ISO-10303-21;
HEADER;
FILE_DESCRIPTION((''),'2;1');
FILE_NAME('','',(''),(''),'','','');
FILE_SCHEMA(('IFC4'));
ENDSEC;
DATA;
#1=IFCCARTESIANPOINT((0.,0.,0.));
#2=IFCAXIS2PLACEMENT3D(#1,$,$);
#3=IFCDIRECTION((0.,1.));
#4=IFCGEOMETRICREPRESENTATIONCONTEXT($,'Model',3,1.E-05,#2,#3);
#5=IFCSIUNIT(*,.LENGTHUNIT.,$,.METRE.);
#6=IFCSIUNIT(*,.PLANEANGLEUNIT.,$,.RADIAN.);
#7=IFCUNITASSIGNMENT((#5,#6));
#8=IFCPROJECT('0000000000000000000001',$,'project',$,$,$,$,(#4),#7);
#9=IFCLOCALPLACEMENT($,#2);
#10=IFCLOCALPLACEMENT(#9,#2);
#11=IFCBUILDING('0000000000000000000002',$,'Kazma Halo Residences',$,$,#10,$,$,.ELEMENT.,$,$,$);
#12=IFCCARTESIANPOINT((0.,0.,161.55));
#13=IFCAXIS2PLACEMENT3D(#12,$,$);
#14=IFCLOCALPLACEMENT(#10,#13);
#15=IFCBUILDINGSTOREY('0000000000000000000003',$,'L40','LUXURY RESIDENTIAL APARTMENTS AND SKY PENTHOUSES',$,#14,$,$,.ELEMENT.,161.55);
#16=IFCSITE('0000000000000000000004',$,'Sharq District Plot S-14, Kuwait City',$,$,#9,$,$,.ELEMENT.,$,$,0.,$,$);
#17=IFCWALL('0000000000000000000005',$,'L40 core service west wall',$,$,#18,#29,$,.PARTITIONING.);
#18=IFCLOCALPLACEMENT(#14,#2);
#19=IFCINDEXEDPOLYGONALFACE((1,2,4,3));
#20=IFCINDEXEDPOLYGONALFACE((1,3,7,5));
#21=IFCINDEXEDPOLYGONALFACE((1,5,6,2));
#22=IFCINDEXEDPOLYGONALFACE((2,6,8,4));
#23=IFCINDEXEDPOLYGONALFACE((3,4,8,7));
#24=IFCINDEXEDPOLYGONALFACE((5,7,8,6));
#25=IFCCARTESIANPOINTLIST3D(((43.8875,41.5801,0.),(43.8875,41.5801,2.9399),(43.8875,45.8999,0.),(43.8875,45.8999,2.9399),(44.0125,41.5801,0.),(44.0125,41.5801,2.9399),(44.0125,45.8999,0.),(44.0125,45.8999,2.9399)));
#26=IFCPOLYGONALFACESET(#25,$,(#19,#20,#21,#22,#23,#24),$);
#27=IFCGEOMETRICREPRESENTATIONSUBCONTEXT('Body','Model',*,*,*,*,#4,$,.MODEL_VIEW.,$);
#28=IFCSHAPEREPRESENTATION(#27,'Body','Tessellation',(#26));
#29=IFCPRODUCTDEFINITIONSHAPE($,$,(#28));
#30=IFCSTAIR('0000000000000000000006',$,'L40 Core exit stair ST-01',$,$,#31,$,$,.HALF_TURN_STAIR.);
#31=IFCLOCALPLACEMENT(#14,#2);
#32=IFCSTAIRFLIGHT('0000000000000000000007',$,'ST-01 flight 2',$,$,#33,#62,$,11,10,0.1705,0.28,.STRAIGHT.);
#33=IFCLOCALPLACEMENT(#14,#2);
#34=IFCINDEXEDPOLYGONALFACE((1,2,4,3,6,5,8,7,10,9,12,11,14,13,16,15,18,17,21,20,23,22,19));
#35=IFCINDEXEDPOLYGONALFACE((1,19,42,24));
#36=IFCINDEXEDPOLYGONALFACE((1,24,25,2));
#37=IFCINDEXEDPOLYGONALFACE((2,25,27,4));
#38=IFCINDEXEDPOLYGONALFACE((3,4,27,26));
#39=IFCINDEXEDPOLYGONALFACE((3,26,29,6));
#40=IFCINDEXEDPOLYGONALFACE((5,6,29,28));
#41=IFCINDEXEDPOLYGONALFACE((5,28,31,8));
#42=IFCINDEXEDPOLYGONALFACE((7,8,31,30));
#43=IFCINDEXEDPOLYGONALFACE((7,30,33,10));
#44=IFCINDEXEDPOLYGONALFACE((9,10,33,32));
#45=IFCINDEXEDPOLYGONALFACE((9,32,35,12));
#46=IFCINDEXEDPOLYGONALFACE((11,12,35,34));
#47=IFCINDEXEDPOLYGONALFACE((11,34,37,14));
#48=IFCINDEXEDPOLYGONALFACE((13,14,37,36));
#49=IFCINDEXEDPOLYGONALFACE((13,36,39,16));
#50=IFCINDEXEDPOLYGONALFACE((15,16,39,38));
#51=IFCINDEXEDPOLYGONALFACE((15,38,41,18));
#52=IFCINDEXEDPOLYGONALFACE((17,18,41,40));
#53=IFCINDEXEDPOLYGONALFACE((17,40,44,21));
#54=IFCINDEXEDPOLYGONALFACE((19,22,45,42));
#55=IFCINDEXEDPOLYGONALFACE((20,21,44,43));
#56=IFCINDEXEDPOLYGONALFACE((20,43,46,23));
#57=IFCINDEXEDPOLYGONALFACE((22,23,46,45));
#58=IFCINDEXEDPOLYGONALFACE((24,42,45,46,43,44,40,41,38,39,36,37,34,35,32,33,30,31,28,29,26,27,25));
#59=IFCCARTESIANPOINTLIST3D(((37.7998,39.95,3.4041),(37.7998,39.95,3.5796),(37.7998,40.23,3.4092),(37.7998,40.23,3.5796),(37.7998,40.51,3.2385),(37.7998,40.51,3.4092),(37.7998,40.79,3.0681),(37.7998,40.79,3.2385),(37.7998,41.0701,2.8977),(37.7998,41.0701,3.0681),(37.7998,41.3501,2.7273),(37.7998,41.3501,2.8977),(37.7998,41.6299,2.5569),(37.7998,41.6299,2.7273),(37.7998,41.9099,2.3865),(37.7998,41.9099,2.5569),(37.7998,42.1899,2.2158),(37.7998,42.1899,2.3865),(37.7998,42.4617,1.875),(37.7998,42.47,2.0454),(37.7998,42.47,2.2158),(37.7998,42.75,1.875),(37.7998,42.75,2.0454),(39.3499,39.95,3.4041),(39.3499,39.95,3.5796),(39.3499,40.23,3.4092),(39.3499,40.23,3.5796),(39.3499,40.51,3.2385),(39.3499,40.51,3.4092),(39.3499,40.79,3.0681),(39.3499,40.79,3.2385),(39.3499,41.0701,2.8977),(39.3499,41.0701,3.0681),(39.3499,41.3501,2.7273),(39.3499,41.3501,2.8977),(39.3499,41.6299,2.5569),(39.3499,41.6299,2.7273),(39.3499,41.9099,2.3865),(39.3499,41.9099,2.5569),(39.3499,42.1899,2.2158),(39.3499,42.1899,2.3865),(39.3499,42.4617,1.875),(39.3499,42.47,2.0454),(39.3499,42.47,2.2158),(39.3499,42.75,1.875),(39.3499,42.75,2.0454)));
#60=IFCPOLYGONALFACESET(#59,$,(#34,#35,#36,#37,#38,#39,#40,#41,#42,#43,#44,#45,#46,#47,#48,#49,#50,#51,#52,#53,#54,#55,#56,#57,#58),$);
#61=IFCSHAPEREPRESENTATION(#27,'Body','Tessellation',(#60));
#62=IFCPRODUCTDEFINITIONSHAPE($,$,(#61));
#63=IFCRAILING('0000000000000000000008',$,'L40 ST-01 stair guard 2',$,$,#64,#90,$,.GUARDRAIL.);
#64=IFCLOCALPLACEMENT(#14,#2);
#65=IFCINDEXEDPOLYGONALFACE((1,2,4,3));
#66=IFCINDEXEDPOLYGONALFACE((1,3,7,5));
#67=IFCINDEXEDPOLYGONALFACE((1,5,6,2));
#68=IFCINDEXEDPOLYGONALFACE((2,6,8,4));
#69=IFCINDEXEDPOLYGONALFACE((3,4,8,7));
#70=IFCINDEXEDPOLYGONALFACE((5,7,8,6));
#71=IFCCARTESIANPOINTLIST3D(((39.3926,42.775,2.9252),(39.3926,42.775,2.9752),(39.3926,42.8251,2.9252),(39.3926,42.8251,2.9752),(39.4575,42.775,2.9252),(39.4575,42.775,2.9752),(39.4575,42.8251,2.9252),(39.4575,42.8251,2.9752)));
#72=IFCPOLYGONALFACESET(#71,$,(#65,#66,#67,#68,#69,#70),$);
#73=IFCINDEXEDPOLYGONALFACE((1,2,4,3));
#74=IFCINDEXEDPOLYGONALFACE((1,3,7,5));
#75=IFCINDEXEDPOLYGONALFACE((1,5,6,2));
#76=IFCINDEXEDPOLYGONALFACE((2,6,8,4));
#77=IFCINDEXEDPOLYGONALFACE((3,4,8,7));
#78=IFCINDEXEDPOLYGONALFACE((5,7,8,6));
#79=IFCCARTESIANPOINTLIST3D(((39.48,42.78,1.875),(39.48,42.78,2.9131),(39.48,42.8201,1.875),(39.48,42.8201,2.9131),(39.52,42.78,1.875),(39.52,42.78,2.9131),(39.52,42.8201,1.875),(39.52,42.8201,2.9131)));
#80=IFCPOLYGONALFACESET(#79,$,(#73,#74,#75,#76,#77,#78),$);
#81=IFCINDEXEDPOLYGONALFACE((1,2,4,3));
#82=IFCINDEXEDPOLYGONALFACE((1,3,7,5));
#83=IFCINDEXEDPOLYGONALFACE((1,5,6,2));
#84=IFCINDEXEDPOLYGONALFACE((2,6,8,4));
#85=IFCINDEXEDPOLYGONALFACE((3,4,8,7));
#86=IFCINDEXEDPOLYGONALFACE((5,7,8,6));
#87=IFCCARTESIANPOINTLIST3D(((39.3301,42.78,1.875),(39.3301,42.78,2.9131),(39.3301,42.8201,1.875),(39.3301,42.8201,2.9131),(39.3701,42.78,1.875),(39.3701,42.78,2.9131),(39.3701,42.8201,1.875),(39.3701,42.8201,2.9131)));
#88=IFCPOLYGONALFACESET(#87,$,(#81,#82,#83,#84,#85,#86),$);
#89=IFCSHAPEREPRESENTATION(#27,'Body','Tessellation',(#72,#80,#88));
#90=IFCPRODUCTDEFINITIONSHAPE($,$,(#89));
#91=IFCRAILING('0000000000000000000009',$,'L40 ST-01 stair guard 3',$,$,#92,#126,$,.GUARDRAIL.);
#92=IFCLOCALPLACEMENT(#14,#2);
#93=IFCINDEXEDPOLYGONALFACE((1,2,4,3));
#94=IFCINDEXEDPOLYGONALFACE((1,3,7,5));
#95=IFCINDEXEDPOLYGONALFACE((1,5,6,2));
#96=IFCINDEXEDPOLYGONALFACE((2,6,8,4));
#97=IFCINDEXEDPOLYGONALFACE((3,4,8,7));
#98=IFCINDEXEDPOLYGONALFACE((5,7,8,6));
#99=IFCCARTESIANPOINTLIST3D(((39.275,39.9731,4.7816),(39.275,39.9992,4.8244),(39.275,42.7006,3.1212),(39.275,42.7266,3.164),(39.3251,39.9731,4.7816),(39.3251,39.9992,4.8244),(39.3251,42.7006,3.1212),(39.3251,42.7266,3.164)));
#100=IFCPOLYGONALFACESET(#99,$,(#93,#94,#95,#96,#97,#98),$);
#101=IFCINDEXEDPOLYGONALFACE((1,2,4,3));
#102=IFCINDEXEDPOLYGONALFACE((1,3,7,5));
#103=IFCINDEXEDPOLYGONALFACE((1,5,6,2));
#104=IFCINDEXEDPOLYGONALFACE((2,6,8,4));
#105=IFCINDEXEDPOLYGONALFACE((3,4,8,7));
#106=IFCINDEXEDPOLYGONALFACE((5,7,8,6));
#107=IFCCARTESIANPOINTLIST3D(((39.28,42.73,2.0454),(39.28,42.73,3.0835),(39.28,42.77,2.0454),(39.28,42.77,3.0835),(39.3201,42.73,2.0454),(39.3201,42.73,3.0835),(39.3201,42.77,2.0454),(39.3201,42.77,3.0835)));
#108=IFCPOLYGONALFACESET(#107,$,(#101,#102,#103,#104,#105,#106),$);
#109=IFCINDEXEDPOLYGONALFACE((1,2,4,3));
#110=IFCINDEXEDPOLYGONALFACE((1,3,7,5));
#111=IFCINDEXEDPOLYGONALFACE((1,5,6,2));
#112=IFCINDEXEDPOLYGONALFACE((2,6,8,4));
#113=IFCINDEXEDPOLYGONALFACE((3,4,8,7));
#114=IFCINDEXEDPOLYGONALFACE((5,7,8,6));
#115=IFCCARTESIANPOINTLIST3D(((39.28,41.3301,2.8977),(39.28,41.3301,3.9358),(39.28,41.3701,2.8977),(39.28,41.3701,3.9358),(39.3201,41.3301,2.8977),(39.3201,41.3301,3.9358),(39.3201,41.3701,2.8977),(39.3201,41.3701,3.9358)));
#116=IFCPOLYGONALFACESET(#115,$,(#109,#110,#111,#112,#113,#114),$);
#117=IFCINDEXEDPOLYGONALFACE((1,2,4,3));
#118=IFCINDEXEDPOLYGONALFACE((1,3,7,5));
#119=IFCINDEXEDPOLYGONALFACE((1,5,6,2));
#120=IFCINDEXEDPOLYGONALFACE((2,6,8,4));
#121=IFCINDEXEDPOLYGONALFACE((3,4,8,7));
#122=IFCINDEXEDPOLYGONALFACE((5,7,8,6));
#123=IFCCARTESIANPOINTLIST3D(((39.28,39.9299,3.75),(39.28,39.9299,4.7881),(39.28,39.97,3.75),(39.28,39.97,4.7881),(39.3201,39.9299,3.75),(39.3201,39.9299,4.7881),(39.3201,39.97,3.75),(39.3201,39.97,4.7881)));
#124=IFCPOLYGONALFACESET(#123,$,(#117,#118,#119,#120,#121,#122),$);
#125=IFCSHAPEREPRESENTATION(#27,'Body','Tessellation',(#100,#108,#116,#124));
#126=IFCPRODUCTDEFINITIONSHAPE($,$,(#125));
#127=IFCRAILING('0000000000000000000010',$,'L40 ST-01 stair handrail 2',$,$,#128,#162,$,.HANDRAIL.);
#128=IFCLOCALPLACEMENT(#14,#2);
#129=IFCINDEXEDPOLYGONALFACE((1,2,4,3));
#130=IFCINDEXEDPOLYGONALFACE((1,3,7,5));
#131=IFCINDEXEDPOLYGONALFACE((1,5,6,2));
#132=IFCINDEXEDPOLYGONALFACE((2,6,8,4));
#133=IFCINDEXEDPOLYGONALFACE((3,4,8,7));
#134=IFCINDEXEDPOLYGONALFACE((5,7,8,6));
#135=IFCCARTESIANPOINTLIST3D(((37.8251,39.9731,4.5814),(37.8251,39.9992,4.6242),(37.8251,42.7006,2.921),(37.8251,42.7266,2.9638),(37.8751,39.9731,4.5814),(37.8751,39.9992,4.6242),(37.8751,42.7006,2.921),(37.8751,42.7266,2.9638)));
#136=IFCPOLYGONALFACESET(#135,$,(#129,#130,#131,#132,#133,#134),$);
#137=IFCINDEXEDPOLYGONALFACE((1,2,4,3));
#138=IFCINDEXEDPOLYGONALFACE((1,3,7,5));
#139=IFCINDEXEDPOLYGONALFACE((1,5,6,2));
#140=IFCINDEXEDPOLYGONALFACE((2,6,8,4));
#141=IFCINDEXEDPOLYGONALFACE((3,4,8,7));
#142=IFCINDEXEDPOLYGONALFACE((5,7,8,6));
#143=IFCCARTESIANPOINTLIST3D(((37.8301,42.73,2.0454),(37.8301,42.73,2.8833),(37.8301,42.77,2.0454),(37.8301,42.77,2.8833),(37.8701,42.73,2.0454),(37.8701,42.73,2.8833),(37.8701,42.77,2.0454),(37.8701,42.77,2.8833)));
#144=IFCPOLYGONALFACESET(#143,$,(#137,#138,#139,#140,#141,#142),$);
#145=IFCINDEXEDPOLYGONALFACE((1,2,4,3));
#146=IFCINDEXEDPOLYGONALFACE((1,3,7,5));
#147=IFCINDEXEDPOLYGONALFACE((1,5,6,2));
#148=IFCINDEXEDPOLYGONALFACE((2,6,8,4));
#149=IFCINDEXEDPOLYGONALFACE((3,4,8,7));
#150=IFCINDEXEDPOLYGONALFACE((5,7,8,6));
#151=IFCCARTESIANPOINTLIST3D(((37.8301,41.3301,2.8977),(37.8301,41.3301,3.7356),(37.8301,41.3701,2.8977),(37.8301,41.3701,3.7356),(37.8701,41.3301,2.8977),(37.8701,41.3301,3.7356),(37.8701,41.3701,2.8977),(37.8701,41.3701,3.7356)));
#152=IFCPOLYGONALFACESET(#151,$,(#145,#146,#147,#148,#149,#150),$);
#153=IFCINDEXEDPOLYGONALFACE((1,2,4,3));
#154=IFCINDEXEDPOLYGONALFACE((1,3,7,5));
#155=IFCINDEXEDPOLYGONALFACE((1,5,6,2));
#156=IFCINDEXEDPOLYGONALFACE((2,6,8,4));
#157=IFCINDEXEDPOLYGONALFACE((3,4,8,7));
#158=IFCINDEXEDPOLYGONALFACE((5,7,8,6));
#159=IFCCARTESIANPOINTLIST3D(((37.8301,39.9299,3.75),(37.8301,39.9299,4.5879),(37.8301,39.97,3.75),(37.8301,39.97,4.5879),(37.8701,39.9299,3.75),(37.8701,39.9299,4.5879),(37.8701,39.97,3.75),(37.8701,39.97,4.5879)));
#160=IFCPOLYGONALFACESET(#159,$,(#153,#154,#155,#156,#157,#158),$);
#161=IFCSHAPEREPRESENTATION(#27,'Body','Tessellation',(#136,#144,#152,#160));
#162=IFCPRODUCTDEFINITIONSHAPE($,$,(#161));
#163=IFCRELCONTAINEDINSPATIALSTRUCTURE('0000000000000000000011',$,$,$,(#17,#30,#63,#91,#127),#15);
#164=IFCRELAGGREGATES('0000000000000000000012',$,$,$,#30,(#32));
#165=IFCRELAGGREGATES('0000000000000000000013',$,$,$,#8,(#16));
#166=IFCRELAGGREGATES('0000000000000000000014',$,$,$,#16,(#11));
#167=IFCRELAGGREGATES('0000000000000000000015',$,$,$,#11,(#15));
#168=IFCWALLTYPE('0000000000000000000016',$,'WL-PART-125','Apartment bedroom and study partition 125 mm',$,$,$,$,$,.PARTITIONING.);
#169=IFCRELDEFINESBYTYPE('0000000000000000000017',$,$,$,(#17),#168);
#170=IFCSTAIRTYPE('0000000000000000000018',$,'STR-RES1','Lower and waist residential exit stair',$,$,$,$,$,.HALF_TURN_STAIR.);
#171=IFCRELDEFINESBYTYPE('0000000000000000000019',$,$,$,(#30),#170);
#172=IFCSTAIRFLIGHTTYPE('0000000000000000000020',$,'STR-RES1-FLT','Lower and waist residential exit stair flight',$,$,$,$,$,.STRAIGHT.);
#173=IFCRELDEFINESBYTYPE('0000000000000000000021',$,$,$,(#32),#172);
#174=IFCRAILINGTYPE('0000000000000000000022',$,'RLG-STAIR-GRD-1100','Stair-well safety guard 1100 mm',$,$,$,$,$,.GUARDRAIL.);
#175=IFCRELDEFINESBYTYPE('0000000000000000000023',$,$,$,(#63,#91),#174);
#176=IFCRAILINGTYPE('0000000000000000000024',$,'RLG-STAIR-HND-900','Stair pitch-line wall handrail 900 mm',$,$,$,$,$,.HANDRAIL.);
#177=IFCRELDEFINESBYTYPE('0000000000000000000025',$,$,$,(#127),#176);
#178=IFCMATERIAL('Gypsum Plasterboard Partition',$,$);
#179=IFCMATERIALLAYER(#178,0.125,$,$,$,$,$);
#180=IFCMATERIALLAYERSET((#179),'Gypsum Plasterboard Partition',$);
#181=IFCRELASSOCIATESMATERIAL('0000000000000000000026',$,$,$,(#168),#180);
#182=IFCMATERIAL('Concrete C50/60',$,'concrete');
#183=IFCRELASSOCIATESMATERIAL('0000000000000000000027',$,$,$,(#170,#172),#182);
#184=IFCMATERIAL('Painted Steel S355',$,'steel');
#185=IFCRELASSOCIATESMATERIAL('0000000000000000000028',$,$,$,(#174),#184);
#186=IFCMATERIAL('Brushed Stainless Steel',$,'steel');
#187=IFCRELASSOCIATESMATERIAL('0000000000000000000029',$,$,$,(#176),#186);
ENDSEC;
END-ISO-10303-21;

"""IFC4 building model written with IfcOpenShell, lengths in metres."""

from ifc_helpers import new_model, si_unit, direction, frame, frame_2d, origin, origin_2d, place, context, subcontext, project, spatial, polyline, rectangle, outline, extrude, material, layer, layer_set, type_object, element, aggregate, save


model = new_model("IFC4")

# Units and contexts
model_context = context("Model", 3, precision=1e-05, world=origin(), true_north=direction((0.0, 1.0)))
body_context = subcontext(model_context, "Body", "Model", "MODEL_VIEW")
ifc_project = project(units=[si_unit("LENGTHUNIT", "METRE"), si_unit("PLANEANGLEUNIT", "RADIAN")], contexts=[model_context])

# Site, building, storey
site_placement = place(None, origin())
site = spatial("IfcSite", under=ifc_project, at=site_placement, Name="Sharq District Plot S-14, Kuwait City", CompositionType="ELEMENT", RefElevation=0.0)
building_placement = place(site_placement, origin())
building = spatial("IfcBuilding", under=site, at=building_placement, Name="Kazma Halo Residences", CompositionType="ELEMENT")
storey_placement = place(building_placement, frame((0.0, 0.0, 161.55)))
storey = spatial("IfcBuildingStorey", under=building, at=storey_placement, Name="L40", Description="LUXURY RESIDENTIAL APARTMENTS AND SKY PENTHOUSES", CompositionType="ELEMENT", Elevation=161.55)

# Wall
ifc_material_1 = material(Name="Gypsum Plasterboard Partition")
ifc_layer_1 = layer(ifc_material_1, 0.125)
ifc_layer_set_1 = layer_set([ifc_layer_1], Name="Gypsum Plasterboard Partition")
wall_type_1 = type_object("IfcWallType", Name="WL-PART-125", Description="Apartment bedroom and study partition 125 mm", PredefinedType="PARTITIONING", material=ifc_layer_set_1)
wall_1_placement = place(storey_placement, frame((43.95, 41.5801, 0.0), z_axis=(0.0, 0.0, 1.0), x_axis=(0.0, 1.0, 0.0)))
element("IfcWall", 1, at=wall_1_placement, inside=storey, type_object=wall_type_1, Name="L40 core service west wall", PredefinedType="PARTITIONING", context=body_context, shape_type="SweptSolid", body=[
    extrude(rectangle(XDim=4.3198, YDim=0.125, at=frame_2d((2.1599, 0.0))), origin(), (0.0, 0.0, 1.0), 2.9399),
])

# Stair, stair flight
ifc_material_2 = material(Name="Concrete C50/60", Category="concrete")
stair_type = type_object("IfcStairType", Name="STR-RES1", Description="Lower and waist residential exit stair", PredefinedType="HALF_TURN_STAIR", material=ifc_material_2)
stair_placement = place(storey_placement, origin())
stair = element("IfcStair", 2, at=stair_placement, inside=storey, type_object=stair_type, Name="L40 Core exit stair ST-01", PredefinedType="HALF_TURN_STAIR")
stair_flight_type = type_object("IfcStairFlightType", Name="STR-RES1-FLT", Description="Lower and waist residential exit stair flight", PredefinedType="STRAIGHT", material=ifc_material_2)
stair_flight_placement = place(storey_placement, frame((38.575, 42.75, 1.875), z_axis=(0.0, 0.0, 1.0), x_axis=(0.0, -1.0, 0.0)))
stair_flight = element("IfcStairFlight", 3, at=stair_flight_placement, type_object=stair_flight_type, Name="ST-01 flight 2", NumberOfRisers=11, NumberOfTreads=10, PredefinedType="STRAIGHT", RiserHeight=0.1705, TreadLength=0.28, context=body_context, shape_type="SweptSolid", body=[
    extrude(outline(polyline([(0.0, 0.0), (0.0, 0.1704), (0.28, 0.1704), (0.28, 0.3408), (0.5601, 0.3408), (0.5601, 0.5115), (0.8401, 0.5115), (0.8401, 0.6819), (1.1201, 0.6819), (1.1201, 0.8523), (1.3999, 0.8523), (1.3999, 1.0227), (1.6799, 1.0227), (1.6799, 1.1931), (1.96, 1.1931), (1.96, 1.3635), (2.24, 1.3635), (2.24, 1.5342), (2.52, 1.5342), (2.52, 1.7046), (2.8, 1.7046), (2.8, 1.875), (2.8, 1.5291), (0.2883, 0.0), (0.0, 0.0)])), frame((0.0, 0.7749, 0.0), z_axis=(0.0, -1.0, 0.0), x_axis=(1.0, 0.0, 0.0)), (0.0, 0.0, 1.0), 1.55),
])
aggregate(stair, [stair_flight])

# Railings
ifc_material_3 = material(Name="Painted Steel S355", Category="steel")
railing_type_1 = type_object("IfcRailingType", Name="RLG-STAIR-GRD-1100", Description="Stair-well safety guard 1100 mm", PredefinedType="GUARDRAIL", material=ifc_material_3)
railing_1_placement = place(storey_placement, frame((39.5, 42.8, 1.875)))
element("IfcRailing", 4, at=railing_1_placement, inside=storey, type_object=railing_type_1, Name="L40 ST-01 stair guard 2", PredefinedType="GUARDRAIL", context=body_context, shape_type="SweptSolid", body=[
    extrude(rectangle(XDim=0.05, YDim=0.05, at=origin_2d()), frame((-0.0425, 0.0, 1.0752), z_axis=(-1.0, 0.0, 0.0), x_axis=(0.0, -1.0, 0.0)), (0.0, 0.0, 1.0), 0.0649),
    extrude(rectangle(XDim=0.04, YDim=0.04, at=origin_2d()), origin(), (0.0, 0.0, 1.0), 1.0381),
    extrude(rectangle(XDim=0.04, YDim=0.04, at=origin_2d()), frame((-0.1499, 0.0, 0.0)), (0.0, 0.0, 1.0), 1.0381),
])
railing_2_placement = place(storey_placement, frame((39.3, 42.75, 2.0454)))
element("IfcRailing", 5, at=railing_2_placement, inside=storey, type_object=railing_type_1, Name="L40 ST-01 stair guard 3", PredefinedType="GUARDRAIL", context=body_context, shape_type="SweptSolid", body=[
    extrude(rectangle(XDim=0.05, YDim=0.05, at=origin_2d()), frame((0.0, -0.0364, 1.0972), z_axis=(0.0, -0.85417, 0.519994), x_axis=(1.0, 0.0, 0.0)), (0.0, 0.0, 1.0), 3.1931),
    extrude(rectangle(XDim=0.04, YDim=0.04, at=origin_2d()), origin(), (0.0, 0.0, 1.0), 1.0381),
    extrude(rectangle(XDim=0.04, YDim=0.04, at=origin_2d()), frame((0.0, -1.3999, 0.8523)), (0.0, 0.0, 1.0), 1.0381),
    extrude(rectangle(XDim=0.04, YDim=0.04, at=origin_2d()), frame((0.0, -2.8, 1.7046)), (0.0, 0.0, 1.0), 1.0381),
])
ifc_material_4 = material(Name="Brushed Stainless Steel", Category="steel")
railing_type_2 = type_object("IfcRailingType", Name="RLG-STAIR-HND-900", Description="Stair pitch-line wall handrail 900 mm", PredefinedType="HANDRAIL", material=ifc_material_4)
railing_3_placement = place(storey_placement, frame((37.8501, 42.75, 2.0454)))
element("IfcRailing", 6, at=railing_3_placement, inside=storey, type_object=railing_type_2, Name="L40 ST-01 stair handrail 2", PredefinedType="HANDRAIL", context=body_context, shape_type="SweptSolid", body=[
    extrude(rectangle(XDim=0.05, YDim=0.05, at=origin_2d()), frame((0.0, -0.0364, 0.897), z_axis=(0.0, -0.85417, 0.519994), x_axis=(1.0, 0.0, 0.0)), (0.0, 0.0, 1.0), 3.1931),
    extrude(rectangle(XDim=0.04, YDim=0.04, at=origin_2d()), origin(), (0.0, 0.0, 1.0), 0.8379),
    extrude(rectangle(XDim=0.04, YDim=0.04, at=origin_2d()), frame((0.0, -1.3999, 0.8523)), (0.0, 0.0, 1.0), 0.8379),
    extrude(rectangle(XDim=0.04, YDim=0.04, at=origin_2d()), frame((0.0, -2.8, 1.7046)), (0.0, 0.0, 1.0), 0.8379),
])

save(model, "model.ifc")
